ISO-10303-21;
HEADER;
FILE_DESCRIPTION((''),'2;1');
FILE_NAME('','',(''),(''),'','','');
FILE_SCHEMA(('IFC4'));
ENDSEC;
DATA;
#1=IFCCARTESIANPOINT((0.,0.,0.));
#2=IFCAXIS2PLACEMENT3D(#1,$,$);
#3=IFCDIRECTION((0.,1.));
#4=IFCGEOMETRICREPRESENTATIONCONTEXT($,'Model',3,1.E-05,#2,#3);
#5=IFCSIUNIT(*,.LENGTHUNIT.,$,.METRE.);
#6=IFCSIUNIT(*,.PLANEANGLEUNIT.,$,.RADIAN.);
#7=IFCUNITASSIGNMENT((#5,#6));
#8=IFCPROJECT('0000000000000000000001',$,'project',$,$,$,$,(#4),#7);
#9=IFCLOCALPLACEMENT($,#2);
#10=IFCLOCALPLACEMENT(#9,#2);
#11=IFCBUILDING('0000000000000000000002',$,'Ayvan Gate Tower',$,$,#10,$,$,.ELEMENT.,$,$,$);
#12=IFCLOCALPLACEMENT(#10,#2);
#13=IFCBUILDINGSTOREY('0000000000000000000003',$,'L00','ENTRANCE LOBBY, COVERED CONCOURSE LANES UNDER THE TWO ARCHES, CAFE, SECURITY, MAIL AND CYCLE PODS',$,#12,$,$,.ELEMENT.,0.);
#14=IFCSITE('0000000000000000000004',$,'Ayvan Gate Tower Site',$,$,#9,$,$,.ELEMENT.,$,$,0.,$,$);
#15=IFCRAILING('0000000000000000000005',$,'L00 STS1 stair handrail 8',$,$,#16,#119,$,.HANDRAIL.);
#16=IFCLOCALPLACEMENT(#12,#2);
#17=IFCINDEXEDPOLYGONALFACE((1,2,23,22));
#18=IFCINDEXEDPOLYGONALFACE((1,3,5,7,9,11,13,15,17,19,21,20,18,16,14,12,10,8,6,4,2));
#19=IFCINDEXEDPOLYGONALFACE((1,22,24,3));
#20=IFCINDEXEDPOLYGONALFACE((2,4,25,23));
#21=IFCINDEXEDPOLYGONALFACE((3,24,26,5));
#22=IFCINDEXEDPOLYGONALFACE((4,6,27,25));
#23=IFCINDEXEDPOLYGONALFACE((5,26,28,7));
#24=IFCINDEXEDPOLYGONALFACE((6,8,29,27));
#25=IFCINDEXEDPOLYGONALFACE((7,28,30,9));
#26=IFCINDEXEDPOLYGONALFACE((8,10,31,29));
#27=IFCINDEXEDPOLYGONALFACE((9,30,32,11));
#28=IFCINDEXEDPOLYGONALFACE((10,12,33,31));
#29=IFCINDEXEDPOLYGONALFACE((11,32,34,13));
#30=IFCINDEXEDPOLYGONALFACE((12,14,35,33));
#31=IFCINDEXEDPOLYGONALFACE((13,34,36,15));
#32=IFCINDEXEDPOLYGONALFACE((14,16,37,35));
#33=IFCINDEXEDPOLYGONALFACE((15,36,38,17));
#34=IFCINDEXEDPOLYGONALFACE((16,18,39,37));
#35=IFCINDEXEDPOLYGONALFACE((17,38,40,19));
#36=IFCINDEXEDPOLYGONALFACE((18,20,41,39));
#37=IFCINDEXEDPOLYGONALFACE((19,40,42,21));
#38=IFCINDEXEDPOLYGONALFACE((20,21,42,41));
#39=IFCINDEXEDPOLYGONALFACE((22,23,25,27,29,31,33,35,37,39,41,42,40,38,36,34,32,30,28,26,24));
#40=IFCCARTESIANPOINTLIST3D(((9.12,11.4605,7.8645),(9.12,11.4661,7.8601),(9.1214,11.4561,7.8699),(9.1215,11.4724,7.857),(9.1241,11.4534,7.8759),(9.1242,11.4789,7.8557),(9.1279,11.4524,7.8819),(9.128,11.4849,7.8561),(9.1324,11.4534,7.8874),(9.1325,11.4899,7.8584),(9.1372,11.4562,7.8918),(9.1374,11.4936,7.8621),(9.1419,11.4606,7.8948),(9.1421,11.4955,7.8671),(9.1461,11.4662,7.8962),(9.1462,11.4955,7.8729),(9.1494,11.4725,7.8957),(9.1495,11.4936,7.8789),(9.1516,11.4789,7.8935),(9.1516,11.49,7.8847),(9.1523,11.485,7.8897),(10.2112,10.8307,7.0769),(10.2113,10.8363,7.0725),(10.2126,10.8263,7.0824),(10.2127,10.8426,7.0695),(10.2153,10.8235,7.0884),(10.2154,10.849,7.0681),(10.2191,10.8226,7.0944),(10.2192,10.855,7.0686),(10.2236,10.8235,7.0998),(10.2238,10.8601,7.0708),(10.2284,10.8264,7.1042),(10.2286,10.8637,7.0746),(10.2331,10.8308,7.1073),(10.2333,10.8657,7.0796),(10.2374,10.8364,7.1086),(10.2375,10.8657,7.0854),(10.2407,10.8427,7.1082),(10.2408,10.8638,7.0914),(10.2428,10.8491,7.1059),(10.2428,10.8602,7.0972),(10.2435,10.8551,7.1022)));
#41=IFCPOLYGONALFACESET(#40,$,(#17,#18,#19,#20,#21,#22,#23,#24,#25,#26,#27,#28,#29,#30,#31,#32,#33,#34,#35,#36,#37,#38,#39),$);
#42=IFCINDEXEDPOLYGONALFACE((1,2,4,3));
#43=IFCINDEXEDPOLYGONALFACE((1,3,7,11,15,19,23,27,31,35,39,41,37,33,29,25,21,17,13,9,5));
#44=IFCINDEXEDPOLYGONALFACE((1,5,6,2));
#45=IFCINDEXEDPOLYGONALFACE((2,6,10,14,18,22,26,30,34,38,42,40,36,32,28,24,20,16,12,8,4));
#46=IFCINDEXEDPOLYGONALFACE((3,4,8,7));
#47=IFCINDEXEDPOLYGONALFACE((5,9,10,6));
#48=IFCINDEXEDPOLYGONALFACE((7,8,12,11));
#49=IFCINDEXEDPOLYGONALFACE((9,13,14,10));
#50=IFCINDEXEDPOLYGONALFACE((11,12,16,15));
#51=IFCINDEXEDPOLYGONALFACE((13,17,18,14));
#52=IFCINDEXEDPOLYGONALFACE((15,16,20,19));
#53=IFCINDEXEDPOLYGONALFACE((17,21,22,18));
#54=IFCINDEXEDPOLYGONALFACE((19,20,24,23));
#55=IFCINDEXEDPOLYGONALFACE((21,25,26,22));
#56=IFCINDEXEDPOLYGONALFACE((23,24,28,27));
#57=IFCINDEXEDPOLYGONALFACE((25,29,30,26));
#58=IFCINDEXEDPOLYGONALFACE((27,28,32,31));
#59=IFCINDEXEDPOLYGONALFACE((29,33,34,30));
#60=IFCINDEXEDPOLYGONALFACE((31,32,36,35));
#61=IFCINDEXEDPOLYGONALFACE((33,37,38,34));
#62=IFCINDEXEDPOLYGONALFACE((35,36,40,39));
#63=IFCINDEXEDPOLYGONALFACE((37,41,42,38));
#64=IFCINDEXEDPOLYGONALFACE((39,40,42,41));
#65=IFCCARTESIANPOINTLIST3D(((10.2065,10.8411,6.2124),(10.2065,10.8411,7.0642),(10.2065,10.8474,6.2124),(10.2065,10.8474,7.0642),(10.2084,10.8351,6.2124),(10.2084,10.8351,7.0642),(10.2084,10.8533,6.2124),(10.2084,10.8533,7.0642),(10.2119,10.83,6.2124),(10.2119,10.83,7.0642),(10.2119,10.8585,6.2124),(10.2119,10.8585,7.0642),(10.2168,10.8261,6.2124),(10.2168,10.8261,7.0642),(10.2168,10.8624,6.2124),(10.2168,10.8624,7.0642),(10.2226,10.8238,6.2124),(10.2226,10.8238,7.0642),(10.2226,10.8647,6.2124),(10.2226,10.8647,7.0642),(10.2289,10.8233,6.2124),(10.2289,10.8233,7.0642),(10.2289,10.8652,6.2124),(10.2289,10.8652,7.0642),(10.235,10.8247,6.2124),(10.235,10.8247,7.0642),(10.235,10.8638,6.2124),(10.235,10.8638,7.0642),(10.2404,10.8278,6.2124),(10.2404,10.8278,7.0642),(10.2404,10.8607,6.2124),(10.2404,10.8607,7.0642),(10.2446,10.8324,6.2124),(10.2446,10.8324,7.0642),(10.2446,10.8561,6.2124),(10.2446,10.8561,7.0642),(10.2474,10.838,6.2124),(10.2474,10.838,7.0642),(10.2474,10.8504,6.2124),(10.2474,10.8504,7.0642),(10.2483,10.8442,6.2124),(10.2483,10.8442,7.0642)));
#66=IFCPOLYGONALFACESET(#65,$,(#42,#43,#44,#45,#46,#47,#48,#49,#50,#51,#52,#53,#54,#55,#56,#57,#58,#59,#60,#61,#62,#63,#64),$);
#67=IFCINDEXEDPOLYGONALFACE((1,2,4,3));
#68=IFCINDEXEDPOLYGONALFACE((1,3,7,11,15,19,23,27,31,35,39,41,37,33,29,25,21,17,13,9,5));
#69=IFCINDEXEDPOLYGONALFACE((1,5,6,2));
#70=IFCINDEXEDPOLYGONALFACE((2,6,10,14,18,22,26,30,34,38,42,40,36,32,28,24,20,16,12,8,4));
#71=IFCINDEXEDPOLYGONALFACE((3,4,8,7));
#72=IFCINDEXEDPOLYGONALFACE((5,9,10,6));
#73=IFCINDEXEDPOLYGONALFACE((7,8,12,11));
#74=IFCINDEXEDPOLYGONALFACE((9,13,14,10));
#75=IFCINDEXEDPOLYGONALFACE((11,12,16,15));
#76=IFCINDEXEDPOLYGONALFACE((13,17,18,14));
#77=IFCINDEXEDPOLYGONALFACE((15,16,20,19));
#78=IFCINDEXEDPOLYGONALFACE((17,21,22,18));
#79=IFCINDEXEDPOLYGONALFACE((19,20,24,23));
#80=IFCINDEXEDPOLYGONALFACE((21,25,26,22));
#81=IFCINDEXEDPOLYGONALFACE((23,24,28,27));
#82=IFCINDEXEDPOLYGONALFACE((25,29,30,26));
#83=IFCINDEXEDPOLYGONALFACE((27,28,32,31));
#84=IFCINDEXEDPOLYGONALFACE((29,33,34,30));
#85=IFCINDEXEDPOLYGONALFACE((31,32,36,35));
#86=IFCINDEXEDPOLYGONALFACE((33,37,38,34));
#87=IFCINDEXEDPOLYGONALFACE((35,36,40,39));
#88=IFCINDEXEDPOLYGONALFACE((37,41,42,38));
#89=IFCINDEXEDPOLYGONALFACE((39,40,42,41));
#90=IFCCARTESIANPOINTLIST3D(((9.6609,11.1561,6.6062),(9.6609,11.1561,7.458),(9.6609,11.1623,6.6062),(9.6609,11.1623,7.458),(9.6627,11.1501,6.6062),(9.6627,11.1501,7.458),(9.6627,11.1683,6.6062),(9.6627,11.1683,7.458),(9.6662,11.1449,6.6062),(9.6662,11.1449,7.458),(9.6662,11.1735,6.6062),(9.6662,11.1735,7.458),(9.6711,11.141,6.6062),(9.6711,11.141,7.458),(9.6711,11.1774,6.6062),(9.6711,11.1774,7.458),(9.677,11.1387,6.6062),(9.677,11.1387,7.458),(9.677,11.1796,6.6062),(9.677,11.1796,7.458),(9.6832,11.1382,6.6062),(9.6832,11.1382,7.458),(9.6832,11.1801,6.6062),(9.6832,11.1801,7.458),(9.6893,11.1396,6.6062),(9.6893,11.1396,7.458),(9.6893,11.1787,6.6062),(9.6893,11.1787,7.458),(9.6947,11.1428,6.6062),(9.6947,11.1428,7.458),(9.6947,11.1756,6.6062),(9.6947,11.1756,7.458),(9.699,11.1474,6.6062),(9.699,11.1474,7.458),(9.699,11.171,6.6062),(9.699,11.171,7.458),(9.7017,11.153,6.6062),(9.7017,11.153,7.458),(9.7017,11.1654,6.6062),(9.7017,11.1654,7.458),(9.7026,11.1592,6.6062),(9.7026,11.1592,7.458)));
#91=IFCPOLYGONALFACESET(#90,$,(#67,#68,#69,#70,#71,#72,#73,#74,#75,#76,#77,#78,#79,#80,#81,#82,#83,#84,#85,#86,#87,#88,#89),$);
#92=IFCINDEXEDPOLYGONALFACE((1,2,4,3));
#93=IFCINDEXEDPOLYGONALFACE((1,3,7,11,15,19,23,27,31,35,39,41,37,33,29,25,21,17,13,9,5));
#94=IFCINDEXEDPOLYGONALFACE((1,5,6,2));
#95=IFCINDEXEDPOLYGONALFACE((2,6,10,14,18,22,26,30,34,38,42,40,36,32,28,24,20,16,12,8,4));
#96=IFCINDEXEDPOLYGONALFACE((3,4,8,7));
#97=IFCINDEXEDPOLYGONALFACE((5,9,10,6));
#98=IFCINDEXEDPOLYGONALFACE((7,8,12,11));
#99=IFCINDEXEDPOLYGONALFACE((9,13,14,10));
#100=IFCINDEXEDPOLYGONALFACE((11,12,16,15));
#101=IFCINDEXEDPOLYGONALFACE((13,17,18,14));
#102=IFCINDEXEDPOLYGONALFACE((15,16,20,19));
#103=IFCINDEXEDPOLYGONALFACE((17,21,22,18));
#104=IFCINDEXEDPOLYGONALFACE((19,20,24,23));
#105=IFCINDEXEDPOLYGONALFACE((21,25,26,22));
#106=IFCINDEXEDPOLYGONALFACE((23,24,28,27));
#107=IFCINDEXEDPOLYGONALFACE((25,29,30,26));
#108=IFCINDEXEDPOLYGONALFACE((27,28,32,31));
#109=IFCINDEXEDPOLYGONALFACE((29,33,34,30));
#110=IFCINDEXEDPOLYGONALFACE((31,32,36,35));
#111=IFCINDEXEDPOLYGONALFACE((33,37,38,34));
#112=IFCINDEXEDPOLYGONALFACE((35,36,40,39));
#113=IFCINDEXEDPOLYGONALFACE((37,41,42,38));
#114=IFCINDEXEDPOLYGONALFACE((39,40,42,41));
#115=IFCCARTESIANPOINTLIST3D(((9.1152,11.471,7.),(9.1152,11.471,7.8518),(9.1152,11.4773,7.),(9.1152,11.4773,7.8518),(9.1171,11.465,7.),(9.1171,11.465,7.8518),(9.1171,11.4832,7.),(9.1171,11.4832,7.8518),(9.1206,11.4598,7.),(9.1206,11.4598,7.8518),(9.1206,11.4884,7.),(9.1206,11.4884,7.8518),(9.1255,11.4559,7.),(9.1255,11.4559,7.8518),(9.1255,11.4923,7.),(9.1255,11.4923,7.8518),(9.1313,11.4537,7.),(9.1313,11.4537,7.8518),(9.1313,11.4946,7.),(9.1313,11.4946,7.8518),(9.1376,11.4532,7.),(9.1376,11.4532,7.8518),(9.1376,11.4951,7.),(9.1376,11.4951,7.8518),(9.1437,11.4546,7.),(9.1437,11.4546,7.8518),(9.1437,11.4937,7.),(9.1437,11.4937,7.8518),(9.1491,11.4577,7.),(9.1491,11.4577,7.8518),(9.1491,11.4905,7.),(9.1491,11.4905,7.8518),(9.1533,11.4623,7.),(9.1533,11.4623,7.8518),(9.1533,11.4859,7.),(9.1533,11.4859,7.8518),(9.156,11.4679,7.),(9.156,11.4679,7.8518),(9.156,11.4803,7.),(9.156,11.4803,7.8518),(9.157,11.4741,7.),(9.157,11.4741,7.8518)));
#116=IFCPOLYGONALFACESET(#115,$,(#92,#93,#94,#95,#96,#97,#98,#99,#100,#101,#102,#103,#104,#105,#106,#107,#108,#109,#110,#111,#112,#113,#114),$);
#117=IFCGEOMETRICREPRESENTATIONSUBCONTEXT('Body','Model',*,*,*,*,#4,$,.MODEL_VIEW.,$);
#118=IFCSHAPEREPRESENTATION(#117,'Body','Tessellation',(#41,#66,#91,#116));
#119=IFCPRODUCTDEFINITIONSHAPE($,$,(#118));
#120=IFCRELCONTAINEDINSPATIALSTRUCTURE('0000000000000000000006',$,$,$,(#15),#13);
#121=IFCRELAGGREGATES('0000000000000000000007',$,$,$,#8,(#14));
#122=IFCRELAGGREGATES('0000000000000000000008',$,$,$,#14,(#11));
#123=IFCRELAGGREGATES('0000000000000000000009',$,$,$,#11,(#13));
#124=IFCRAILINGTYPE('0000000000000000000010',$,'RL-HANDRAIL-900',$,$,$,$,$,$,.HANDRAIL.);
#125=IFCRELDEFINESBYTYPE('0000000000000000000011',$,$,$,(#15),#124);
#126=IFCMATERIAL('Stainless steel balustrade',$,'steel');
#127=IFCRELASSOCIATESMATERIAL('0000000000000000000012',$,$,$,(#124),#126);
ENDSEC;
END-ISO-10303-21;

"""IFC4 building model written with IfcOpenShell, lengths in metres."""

from ifc_helpers import new_model, si_unit, direction, frame, origin, origin_2d, place, context, subcontext, project, spatial, circle, extrude, material, type_object, element, save


model = new_model("IFC4")

# Units and contexts
model_context = context("Model", 3, precision=1e-05, world=origin(), true_north=direction((0.0, 1.0)))
body_context = subcontext(model_context, "Body", "Model", "MODEL_VIEW")
ifc_project = project(units=[si_unit("LENGTHUNIT", "METRE"), si_unit("PLANEANGLEUNIT", "RADIAN")], contexts=[model_context])

# Site, building, storey
site_placement = place(None, origin())
site = spatial("IfcSite", under=ifc_project, at=site_placement, Name="Ayvan Gate Tower Site", CompositionType="ELEMENT", RefElevation=0.0)
building_placement = place(site_placement, origin())
building = spatial("IfcBuilding", under=site, at=building_placement, Name="Ayvan Gate Tower", CompositionType="ELEMENT")
storey_placement = place(building_placement, origin())
storey = spatial("IfcBuildingStorey", under=building, at=storey_placement, Name="L00", Description="ENTRANCE LOBBY, COVERED CONCOURSE LANES UNDER THE TWO ARCHES, CAFE, SECURITY, MAIL AND CYCLE PODS", CompositionType="ELEMENT", Elevation=0.0)

# Railing
ifc_material_1 = material(Name="Stainless steel balustrade", Category="steel")
railing_type_1 = type_object("IfcRailingType", Name="RL-HANDRAIL-900", PredefinedType="HANDRAIL", material=ifc_material_1)
railing_1_placement = place(storey_placement, frame((10.2273, 10.8442, 6.2124)))
element("IfcRailing", 1, at=railing_1_placement, inside=storey, type_object=railing_type_1, Name="L00 STS1 stair handrail 8", PredefinedType="HANDRAIL", context=body_context, shape_type="SweptSolid", body=[
    extrude(circle(Radius=0.0239, at=origin_2d()), frame((0.0, 0.0, 0.876), z_axis=(-0.734423, 0.423895, 0.530033), x_axis=(-0.49989, -0.866089, 0.0)), (0.0, 0.0, 1.0), 1.4858),
    extrude(circle(Radius=0.021, at=origin_2d()), origin(), (0.0, 0.0, 1.0), 0.8518),
    extrude(circle(Radius=0.021, at=origin_2d()), frame((-0.5457, 0.3149, 0.3938)), (0.0, 0.0, 1.0), 0.8518),
    extrude(circle(Radius=0.021, at=origin_2d()), frame((-1.0913, 0.6299, 0.7876)), (0.0, 0.0, 1.0), 0.8518),
])

save(model, "model.ifc")
